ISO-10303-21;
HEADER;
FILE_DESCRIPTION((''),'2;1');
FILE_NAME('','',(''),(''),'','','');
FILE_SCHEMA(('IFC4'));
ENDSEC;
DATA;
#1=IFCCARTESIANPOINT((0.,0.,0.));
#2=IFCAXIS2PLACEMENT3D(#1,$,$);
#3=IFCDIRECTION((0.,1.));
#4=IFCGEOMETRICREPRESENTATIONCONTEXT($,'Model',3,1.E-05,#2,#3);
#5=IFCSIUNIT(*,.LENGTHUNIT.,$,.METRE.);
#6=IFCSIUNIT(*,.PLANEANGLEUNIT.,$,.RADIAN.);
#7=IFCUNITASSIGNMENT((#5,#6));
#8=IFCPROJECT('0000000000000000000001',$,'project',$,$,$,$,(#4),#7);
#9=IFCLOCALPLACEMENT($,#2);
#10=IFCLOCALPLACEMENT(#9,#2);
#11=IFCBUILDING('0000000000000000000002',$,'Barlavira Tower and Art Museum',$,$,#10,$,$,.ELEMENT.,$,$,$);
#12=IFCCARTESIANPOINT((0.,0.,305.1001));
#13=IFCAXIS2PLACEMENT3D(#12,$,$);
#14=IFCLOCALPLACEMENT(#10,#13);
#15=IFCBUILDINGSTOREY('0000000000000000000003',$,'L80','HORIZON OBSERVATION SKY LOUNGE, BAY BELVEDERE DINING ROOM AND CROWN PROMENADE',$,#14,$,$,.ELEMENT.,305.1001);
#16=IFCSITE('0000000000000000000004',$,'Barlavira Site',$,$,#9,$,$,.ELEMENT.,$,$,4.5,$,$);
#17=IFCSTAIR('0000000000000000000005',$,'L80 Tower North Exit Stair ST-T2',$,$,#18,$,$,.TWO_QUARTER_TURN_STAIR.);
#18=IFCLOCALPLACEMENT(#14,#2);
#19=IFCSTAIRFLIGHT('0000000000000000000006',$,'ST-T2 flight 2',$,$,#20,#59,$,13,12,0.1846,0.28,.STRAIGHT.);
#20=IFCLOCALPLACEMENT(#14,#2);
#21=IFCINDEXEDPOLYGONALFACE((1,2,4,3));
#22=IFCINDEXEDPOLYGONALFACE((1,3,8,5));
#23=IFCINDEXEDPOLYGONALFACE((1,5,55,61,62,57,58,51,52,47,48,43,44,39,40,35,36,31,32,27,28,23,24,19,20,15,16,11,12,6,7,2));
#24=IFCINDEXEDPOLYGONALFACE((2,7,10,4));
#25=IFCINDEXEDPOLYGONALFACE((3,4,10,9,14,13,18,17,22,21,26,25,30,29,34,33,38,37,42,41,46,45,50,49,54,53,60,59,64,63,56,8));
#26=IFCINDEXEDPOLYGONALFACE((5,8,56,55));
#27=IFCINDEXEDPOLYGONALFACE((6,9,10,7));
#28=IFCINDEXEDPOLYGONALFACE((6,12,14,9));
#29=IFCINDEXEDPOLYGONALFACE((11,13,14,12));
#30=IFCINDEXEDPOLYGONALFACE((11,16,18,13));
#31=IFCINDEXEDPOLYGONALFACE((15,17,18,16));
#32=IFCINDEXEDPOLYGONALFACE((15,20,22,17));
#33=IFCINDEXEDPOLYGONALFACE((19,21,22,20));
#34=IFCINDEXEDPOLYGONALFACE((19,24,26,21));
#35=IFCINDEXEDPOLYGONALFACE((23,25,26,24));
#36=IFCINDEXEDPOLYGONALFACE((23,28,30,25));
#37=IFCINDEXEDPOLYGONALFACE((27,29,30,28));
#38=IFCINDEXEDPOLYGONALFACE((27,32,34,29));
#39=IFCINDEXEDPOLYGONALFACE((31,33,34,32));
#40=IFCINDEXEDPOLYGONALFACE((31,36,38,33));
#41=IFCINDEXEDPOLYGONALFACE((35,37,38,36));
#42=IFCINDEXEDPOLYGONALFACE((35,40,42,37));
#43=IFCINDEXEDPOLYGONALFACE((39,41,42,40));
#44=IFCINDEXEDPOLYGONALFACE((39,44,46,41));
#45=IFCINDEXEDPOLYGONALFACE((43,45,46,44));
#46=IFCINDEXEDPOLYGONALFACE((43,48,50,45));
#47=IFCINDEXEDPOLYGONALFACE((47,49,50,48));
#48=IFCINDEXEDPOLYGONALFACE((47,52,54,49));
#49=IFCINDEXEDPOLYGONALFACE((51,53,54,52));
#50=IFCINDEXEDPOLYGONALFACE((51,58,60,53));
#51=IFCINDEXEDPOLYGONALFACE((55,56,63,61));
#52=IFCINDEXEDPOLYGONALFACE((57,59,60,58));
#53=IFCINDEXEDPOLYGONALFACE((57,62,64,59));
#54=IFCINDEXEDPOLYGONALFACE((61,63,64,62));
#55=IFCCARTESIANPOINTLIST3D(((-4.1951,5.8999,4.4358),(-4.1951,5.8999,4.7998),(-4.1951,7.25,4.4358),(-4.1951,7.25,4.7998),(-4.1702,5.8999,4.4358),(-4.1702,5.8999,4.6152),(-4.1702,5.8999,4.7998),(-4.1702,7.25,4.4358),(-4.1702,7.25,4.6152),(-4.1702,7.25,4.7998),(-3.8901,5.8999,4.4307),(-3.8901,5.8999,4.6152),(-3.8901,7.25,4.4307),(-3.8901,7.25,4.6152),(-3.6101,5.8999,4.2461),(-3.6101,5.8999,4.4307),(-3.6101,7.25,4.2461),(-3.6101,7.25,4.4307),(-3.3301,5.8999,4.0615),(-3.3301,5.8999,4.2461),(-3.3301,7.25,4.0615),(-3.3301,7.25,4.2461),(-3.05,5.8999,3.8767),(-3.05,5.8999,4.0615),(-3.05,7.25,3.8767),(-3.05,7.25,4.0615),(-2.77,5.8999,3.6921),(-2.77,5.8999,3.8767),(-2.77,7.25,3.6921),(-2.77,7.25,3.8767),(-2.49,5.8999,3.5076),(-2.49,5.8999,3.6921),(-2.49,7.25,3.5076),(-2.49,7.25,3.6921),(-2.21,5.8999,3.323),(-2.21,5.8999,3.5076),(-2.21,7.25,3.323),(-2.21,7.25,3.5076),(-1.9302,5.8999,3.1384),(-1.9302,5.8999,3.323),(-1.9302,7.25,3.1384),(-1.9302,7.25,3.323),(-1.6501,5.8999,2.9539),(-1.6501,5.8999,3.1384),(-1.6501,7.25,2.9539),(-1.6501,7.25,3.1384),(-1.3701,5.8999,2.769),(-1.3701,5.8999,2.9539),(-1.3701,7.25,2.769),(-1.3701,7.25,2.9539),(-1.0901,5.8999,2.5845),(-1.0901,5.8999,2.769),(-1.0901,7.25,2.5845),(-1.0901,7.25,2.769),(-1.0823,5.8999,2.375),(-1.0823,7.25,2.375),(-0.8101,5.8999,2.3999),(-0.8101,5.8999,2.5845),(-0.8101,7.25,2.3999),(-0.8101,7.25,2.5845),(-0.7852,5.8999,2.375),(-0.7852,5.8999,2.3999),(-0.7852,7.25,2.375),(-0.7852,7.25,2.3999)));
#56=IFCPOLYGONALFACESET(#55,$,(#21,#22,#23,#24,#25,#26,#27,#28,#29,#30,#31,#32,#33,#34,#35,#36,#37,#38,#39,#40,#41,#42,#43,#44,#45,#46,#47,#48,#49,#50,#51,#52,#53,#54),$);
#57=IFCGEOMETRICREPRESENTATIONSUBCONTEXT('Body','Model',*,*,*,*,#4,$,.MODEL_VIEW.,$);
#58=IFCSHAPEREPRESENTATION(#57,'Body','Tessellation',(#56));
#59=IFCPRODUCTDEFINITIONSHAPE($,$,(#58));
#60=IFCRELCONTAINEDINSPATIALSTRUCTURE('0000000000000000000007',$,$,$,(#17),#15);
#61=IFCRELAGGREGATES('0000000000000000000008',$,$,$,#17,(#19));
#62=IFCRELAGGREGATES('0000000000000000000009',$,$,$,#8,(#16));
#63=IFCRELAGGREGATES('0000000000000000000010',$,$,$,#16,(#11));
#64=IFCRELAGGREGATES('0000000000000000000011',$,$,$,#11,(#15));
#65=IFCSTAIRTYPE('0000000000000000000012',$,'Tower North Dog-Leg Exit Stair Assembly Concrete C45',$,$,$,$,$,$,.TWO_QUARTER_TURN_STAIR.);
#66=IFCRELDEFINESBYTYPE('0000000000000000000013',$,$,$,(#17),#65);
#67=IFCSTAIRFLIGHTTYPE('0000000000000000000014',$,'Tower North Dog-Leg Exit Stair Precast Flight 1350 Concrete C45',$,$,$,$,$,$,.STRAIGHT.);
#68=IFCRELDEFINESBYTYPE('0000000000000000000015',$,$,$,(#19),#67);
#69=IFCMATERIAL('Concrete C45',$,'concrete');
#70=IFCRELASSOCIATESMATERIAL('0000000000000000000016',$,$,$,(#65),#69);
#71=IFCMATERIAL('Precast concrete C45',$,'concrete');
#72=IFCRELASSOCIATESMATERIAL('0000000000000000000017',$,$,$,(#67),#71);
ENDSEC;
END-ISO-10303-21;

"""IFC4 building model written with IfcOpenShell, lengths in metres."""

from ifc_helpers import new_model, si_unit, direction, frame, origin, place, context, subcontext, project, spatial, polyline, outline, extrude, material, type_object, element, aggregate, save


model = new_model("IFC4")

# Units and contexts
model_context = context("Model", 3, precision=1e-05, world=origin(), true_north=direction((0.0, 1.0)))
body_context = subcontext(model_context, "Body", "Model", "MODEL_VIEW")
ifc_project = project(units=[si_unit("LENGTHUNIT", "METRE"), si_unit("PLANEANGLEUNIT", "RADIAN")], contexts=[model_context])

# Site, building, storey
site_placement = place(None, origin())
site = spatial("IfcSite", under=ifc_project, at=site_placement, Name="Barlavira Site", CompositionType="ELEMENT", RefElevation=4.5)
building_placement = place(site_placement, origin())
building = spatial("IfcBuilding", under=site, at=building_placement, Name="Barlavira Tower and Art Museum", CompositionType="ELEMENT")
storey_placement = place(building_placement, frame((0.0, 0.0, 305.1001)))
storey = spatial("IfcBuildingStorey", under=building, at=storey_placement, Name="L80", Description="HORIZON OBSERVATION SKY LOUNGE, BAY BELVEDERE DINING ROOM AND CROWN PROMENADE", CompositionType="ELEMENT", Elevation=305.1001)

# Stair, stair flight
ifc_material_1 = material(Name="Concrete C45", Category="concrete")
stair_type = type_object("IfcStairType", Name="Tower North Dog-Leg Exit Stair Assembly Concrete C45", PredefinedType="TWO_QUARTER_TURN_STAIR", material=ifc_material_1)
stair_placement = place(storey_placement, origin())
stair = element("IfcStair", 1, at=stair_placement, inside=storey, type_object=stair_type, Name="L80 Tower North Exit Stair ST-T2", PredefinedType="TWO_QUARTER_TURN_STAIR")
ifc_material_2 = material(Name="Precast concrete C45", Category="concrete")
stair_flight_type = type_object("IfcStairFlightType", Name="Tower North Dog-Leg Exit Stair Precast Flight 1350 Concrete C45", PredefinedType="STRAIGHT", material=ifc_material_2)
stair_flight_1_placement = place(storey_placement, frame((-0.8101, 6.575, 2.3999), z_axis=(0.0, 0.0, 1.0), x_axis=(-1.0, 0.0, 0.0)))
stair_flight_1 = element("IfcStairFlight", 2, at=stair_flight_1_placement, type_object=stair_flight_type, Name="ST-T2 flight 2", NumberOfRisers=13, NumberOfTreads=12, PredefinedType="STRAIGHT", RiserHeight=0.1846, TreadLength=0.28, context=body_context, shape_type="SweptSolid", body=[
    extrude(outline(polyline([(-0.0249, 0.0), (0.0, 0.0), (0.0, 0.1846), (0.28, 0.1846), (0.28, 0.3691), (0.5601, 0.3691), (0.5601, 0.554), (0.8401, 0.554), (0.8401, 0.7385), (1.1201, 0.7385), (1.1201, 0.9231), (1.3999, 0.9231), (1.3999, 1.1077), (1.6799, 1.1077), (1.6799, 1.2922), (1.96, 1.2922), (1.96, 1.4768), (2.24, 1.4768), (2.24, 1.6616), (2.52, 1.6616), (2.52, 1.8462), (2.8, 1.8462), (2.8, 2.0308), (3.0801, 2.0308), (3.0801, 2.2153), (3.3601, 2.2153), (3.3601, 2.3999), (3.385, 2.3999), (3.385, 2.0359), (3.3601, 2.0359), (0.2722, -0.0249), (-0.0249, -0.0249), (-0.0249, 0.0)])), frame((0.0, 0.675, 0.0), z_axis=(0.0, -1.0, 0.0), x_axis=(1.0, 0.0, 0.0)), (0.0, 0.0, 1.0), 1.3501),
])
aggregate(stair, [stair_flight_1])

save(model, "model.ifc")
